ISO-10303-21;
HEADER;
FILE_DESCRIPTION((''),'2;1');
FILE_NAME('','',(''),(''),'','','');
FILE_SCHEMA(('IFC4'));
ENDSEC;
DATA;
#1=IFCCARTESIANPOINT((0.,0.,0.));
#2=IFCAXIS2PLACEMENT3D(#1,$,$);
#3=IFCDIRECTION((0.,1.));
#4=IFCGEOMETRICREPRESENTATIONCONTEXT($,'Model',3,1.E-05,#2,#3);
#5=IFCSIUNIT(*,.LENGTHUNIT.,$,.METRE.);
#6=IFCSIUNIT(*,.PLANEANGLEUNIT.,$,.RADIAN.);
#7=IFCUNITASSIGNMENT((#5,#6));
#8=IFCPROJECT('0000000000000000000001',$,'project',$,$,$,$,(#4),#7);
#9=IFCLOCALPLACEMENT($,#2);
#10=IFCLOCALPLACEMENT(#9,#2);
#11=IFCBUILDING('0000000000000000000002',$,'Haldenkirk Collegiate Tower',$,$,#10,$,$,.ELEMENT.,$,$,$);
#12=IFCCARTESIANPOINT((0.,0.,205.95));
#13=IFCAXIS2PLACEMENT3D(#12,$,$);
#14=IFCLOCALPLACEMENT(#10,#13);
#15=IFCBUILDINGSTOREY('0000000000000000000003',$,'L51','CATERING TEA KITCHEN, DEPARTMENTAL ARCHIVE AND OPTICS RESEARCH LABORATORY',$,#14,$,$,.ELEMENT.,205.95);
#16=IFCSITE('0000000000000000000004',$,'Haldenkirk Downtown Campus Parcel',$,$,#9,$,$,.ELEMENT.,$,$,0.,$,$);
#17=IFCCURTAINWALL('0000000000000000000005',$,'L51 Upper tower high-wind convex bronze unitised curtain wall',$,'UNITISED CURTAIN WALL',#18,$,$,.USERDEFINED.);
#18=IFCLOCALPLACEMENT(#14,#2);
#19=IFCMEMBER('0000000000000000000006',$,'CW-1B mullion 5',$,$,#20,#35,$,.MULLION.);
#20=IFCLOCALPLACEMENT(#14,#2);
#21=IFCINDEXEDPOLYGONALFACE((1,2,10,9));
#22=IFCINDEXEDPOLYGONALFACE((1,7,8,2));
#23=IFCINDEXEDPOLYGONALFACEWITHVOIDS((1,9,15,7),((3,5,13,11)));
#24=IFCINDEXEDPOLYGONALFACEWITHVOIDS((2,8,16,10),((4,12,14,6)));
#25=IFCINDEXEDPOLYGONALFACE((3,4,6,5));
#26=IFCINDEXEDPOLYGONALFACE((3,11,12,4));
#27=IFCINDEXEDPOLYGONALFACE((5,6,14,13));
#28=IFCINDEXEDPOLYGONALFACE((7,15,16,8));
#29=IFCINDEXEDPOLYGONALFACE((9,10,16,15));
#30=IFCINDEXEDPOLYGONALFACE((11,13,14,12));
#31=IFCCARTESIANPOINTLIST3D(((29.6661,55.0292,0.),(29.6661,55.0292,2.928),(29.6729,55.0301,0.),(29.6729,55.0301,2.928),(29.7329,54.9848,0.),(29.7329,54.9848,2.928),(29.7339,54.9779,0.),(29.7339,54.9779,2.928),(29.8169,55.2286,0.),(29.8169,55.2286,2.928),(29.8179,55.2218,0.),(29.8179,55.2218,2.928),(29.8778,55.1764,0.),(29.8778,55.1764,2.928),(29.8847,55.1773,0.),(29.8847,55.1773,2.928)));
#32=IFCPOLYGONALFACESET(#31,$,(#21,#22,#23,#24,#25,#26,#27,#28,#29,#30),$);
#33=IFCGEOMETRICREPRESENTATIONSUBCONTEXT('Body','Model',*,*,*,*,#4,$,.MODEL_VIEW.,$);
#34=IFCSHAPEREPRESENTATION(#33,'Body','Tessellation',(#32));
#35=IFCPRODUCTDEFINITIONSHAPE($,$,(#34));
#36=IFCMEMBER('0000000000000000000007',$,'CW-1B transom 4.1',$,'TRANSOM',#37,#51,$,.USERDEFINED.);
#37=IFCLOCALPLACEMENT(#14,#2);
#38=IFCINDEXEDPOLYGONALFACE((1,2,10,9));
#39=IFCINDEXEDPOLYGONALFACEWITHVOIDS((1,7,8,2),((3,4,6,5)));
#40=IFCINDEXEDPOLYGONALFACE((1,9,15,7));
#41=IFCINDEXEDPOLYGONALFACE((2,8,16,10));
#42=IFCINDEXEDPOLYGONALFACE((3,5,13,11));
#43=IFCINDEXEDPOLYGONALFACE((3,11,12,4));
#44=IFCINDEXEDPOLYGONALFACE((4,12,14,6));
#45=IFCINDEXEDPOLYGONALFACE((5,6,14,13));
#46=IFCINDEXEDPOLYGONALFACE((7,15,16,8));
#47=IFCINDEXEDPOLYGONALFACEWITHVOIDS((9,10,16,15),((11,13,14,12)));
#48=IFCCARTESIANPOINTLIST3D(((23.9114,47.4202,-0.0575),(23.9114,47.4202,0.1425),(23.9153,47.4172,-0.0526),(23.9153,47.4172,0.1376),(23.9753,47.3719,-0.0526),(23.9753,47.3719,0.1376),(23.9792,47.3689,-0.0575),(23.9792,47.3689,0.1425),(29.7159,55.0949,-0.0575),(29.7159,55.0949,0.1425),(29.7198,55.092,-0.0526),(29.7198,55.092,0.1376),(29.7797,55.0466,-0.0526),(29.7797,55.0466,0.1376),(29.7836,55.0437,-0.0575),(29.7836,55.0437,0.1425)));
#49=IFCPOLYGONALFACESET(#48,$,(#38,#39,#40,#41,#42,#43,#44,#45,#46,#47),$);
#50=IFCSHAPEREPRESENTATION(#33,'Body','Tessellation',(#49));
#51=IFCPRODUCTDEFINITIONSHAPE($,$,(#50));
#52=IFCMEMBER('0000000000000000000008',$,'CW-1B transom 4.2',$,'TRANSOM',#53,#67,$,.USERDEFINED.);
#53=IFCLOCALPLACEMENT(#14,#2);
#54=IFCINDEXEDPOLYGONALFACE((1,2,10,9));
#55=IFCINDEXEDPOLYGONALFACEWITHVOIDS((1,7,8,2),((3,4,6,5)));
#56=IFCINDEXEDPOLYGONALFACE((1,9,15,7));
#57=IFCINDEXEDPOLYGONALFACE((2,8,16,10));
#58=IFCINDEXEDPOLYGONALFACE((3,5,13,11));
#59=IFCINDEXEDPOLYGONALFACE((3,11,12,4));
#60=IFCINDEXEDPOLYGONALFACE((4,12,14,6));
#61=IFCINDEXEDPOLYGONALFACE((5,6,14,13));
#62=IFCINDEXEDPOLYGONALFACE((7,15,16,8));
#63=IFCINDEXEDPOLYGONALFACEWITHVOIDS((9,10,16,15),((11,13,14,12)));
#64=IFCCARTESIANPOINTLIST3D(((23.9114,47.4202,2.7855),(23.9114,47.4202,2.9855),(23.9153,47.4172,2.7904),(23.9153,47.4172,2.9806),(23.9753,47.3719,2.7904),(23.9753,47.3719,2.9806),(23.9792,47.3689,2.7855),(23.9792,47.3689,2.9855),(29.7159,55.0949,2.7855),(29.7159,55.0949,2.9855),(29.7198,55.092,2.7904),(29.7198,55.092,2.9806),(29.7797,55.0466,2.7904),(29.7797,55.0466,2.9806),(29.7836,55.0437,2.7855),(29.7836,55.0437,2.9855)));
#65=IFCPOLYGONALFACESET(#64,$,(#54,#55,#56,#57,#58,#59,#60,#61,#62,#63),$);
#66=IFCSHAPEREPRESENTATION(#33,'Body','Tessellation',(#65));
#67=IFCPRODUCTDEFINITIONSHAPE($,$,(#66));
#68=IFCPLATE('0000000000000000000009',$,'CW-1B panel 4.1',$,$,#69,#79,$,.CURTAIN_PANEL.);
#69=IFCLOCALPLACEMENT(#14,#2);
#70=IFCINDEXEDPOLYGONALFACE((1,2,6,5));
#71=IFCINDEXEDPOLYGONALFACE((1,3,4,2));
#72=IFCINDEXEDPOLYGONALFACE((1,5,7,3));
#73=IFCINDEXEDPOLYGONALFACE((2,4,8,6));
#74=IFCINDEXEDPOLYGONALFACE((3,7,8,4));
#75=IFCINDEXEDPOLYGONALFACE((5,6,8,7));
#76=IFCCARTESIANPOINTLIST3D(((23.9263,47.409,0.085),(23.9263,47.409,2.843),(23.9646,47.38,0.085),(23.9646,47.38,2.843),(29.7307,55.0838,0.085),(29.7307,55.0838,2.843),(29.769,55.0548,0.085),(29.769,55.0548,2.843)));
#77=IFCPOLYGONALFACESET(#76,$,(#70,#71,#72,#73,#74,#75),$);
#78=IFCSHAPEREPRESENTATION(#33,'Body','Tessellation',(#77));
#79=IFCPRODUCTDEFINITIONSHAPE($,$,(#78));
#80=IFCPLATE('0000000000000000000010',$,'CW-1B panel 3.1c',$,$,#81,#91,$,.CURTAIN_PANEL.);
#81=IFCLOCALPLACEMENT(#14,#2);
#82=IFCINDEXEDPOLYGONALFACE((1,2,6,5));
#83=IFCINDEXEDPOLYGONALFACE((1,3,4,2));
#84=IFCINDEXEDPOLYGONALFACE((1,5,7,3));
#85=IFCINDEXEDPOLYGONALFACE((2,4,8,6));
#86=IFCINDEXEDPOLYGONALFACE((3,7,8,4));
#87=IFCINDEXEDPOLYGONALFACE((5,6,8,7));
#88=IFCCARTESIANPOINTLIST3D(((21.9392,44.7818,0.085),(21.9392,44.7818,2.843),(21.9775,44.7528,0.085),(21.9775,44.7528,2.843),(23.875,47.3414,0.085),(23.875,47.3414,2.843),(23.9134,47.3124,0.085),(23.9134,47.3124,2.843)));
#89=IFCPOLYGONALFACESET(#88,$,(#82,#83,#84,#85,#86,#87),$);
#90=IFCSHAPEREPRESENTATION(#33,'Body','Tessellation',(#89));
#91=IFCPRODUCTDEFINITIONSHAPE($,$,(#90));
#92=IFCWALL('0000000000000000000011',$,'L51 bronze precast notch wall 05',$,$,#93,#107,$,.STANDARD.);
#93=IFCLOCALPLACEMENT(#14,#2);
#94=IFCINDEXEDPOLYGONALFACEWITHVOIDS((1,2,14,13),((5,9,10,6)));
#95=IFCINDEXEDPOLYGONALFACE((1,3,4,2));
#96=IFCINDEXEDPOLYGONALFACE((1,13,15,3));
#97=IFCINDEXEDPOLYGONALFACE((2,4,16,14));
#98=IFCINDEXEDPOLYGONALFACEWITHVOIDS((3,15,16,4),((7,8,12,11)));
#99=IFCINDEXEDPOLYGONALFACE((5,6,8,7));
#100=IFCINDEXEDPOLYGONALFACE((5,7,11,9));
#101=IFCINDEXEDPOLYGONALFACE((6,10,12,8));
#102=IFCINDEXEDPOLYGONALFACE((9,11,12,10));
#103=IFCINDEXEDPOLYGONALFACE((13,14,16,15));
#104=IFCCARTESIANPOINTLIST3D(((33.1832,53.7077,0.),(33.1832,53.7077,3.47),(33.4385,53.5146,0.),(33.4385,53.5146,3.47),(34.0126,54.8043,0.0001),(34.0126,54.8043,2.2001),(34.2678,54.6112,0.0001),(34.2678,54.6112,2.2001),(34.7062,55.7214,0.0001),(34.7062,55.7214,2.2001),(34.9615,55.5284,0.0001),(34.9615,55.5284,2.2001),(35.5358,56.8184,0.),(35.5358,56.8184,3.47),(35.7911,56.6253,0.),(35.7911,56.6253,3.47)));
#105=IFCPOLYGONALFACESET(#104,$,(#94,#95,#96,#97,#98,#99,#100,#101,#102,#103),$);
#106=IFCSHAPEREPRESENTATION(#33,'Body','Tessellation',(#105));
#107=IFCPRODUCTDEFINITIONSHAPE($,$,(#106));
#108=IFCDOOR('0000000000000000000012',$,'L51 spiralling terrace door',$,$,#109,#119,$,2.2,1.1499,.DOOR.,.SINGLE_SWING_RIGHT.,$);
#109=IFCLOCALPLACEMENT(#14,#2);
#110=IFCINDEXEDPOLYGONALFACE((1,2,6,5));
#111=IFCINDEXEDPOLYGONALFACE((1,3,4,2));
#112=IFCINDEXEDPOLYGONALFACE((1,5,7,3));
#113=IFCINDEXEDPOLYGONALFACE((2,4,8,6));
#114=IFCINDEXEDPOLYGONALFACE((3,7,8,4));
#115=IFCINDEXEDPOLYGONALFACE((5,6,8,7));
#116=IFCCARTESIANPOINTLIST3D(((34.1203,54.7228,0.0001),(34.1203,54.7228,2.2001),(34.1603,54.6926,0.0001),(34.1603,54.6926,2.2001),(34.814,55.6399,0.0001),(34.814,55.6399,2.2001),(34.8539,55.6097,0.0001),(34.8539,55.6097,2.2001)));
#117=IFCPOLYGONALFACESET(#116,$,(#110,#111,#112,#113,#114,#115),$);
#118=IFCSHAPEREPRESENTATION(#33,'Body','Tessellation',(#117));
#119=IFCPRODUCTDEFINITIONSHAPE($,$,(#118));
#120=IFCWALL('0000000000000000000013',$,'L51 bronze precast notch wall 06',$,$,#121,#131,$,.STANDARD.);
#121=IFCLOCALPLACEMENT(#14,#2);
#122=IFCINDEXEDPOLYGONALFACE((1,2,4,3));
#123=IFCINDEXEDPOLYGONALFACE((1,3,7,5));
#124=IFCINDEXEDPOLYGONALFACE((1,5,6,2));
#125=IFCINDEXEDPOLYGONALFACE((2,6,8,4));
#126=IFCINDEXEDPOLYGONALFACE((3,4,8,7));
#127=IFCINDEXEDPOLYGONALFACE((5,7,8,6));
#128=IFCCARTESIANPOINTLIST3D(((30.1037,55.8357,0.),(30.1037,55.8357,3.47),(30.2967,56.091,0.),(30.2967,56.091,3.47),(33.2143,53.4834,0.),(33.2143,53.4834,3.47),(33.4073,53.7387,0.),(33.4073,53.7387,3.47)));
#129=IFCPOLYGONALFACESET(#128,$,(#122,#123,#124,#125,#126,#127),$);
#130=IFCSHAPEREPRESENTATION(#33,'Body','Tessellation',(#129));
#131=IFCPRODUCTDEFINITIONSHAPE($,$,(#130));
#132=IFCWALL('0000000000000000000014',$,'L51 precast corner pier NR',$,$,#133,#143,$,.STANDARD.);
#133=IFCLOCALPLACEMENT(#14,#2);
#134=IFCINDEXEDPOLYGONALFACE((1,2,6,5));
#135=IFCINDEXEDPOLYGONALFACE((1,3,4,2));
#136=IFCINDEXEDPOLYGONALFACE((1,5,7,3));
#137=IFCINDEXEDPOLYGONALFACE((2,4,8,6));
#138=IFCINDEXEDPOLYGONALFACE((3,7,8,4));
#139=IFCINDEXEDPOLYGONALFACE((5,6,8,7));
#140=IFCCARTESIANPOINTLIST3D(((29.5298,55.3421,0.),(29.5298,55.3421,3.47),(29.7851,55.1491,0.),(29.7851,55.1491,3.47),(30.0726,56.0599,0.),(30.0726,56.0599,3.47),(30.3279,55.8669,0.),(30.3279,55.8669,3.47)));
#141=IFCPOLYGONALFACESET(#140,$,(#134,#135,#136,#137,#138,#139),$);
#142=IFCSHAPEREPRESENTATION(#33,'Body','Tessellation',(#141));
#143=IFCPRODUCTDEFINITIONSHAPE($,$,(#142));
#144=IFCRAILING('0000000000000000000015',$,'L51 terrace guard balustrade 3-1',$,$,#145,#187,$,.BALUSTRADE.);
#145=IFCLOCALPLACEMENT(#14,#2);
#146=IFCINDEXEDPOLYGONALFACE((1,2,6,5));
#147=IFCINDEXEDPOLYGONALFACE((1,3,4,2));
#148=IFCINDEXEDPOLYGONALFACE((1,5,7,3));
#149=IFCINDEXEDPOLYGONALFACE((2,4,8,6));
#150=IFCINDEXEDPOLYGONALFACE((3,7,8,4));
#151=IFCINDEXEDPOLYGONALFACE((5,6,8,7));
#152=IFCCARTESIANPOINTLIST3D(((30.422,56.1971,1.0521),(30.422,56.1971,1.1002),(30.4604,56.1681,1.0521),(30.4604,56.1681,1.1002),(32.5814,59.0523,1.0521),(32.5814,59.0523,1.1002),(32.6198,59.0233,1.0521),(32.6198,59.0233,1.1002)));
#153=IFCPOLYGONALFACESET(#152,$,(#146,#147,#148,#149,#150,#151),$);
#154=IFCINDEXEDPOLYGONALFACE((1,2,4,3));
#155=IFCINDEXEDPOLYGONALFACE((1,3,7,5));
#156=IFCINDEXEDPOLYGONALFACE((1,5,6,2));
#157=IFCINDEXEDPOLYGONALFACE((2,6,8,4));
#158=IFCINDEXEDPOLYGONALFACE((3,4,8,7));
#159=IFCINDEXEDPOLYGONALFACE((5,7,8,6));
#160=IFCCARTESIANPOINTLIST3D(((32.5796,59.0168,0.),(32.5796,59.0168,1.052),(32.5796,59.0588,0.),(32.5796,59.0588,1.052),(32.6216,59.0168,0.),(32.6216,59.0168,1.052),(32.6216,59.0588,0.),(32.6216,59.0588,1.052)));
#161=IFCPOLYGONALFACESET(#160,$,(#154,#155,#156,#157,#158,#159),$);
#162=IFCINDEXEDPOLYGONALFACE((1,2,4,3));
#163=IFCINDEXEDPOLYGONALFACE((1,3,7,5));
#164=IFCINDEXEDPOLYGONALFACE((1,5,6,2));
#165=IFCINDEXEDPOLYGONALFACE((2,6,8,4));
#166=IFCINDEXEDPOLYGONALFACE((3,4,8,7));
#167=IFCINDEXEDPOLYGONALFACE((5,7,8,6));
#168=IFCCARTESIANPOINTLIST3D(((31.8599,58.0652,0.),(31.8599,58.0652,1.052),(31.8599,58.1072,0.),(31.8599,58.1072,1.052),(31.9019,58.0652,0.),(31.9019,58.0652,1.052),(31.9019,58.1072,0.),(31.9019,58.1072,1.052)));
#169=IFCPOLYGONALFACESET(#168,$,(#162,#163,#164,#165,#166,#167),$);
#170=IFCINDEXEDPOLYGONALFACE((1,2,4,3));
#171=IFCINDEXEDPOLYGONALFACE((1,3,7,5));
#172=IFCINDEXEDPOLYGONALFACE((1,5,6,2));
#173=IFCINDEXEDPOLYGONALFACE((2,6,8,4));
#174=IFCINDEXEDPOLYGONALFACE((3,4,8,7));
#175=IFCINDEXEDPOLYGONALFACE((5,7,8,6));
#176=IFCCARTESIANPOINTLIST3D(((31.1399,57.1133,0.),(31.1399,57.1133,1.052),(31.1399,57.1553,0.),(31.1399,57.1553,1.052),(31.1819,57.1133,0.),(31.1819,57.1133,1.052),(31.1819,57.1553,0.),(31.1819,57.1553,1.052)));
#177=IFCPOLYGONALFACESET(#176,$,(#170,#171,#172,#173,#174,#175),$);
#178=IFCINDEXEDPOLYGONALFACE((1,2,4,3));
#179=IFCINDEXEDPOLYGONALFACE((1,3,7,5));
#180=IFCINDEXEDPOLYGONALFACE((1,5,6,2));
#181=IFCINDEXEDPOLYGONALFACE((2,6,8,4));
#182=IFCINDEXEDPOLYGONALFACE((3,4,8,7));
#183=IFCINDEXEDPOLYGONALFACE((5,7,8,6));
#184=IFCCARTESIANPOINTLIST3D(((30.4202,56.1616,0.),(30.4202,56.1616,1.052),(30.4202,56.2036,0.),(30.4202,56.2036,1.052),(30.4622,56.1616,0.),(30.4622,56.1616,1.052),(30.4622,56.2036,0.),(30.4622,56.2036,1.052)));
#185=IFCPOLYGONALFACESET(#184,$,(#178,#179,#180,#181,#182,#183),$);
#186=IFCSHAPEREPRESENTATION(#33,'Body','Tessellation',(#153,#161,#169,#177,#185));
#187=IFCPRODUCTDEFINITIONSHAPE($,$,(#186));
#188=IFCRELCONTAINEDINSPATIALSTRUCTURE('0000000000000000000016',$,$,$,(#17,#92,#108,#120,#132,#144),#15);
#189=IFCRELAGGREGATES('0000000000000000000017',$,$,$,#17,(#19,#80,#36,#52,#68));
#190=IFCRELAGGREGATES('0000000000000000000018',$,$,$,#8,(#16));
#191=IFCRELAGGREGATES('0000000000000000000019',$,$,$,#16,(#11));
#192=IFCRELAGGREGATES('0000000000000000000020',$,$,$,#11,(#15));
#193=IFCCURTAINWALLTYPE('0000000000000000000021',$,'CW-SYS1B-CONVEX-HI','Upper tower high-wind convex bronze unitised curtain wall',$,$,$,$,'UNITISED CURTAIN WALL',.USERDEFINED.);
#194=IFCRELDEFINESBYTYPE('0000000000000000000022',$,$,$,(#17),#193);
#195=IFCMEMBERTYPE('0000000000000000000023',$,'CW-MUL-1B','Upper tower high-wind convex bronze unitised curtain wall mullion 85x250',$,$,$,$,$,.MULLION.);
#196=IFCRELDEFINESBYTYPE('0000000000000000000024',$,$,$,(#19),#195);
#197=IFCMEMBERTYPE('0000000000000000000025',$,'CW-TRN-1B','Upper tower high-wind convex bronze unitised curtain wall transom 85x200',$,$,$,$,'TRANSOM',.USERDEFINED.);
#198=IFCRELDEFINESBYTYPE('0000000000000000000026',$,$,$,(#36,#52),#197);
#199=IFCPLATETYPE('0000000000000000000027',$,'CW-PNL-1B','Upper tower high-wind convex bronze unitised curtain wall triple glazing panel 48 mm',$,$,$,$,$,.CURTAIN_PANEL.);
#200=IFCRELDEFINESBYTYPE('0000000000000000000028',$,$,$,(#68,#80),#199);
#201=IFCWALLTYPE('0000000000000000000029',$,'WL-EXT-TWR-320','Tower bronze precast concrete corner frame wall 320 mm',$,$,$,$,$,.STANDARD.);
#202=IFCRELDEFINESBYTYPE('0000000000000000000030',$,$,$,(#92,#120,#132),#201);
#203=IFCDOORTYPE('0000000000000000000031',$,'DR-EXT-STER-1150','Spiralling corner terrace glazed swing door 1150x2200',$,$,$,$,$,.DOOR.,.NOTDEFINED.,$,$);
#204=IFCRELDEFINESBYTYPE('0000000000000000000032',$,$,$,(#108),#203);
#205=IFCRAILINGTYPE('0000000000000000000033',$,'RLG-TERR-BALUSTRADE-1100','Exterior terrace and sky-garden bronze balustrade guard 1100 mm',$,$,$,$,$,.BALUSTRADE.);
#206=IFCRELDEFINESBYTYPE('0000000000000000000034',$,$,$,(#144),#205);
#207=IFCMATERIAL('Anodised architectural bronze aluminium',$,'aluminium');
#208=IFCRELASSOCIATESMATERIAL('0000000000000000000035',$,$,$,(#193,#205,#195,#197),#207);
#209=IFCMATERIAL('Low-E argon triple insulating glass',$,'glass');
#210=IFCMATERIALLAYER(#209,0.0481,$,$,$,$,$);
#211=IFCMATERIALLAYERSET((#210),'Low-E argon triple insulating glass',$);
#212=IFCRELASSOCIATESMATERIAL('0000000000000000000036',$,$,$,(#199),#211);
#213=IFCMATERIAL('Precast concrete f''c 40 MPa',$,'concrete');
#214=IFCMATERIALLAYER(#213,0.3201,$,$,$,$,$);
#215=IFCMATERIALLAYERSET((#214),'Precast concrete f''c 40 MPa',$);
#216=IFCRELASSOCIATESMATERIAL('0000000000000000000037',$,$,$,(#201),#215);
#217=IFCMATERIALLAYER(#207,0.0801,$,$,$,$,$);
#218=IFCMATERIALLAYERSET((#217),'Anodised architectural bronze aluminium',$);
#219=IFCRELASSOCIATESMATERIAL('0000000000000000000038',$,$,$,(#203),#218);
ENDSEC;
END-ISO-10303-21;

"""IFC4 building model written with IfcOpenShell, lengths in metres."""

from ifc_helpers import new_model, si_unit, direction, frame, frame_2d, origin, origin_2d, place, context, subcontext, project, spatial, rectangle, hollow_rectangle, extrude, source, transform, mapped, material, layer, layer_set, material_profile, profile_set, type_object, element, fill, aggregate, save


model = new_model("IFC4")

# Units and contexts
model_context = context("Model", 3, precision=1e-05, world=origin(), true_north=direction((0.0, 1.0)))
body_context = subcontext(model_context, "Body", "Model", "MODEL_VIEW")
ifc_project = project(units=[si_unit("LENGTHUNIT", "METRE"), si_unit("PLANEANGLEUNIT", "RADIAN")], contexts=[model_context])

# Site, building, storey
site_placement = place(None, origin())
site = spatial("IfcSite", under=ifc_project, at=site_placement, Name="Haldenkirk Downtown Campus Parcel", CompositionType="ELEMENT", RefElevation=0.0)
building_placement = place(site_placement, origin())
building = spatial("IfcBuilding", under=site, at=building_placement, Name="Haldenkirk Collegiate Tower", CompositionType="ELEMENT")
storey_placement = place(building_placement, frame((0.0, 0.0, 205.95)))
storey = spatial("IfcBuildingStorey", under=building, at=storey_placement, Name="L51", Description="CATERING TEA KITCHEN, DEPARTMENTAL ARCHIVE AND OPTICS RESEARCH LABORATORY", CompositionType="ELEMENT", Elevation=205.95)

# Curtain wall, members, plates
ifc_material_1 = material(Name="Anodised architectural bronze aluminium", Category="aluminium")
curtain_wall_type = type_object("IfcCurtainWallType", Name="CW-SYS1B-CONVEX-HI", Description="Upper tower high-wind convex bronze unitised curtain wall", ElementType="UNITISED CURTAIN WALL", PredefinedType="USERDEFINED", material=ifc_material_1)
curtain_wall_placement = place(storey_placement, origin())
curtain_wall = element("IfcCurtainWall", 1, at=curtain_wall_placement, inside=storey, type_object=curtain_wall_type, Name="L51 Upper tower high-wind convex bronze unitised curtain wall", ObjectType="UNITISED CURTAIN WALL", PredefinedType="USERDEFINED")
ifc_material_profile_1 = material_profile(ifc_material_1, hollow_rectangle(XDim=0.085, YDim=0.25, WallThickness=0.0049, at=origin_2d()), Name="CW-MUL-1B")
ifc_profile_set_1 = profile_set([ifc_material_profile_1], Name="Anodised architectural bronze aluminium")
member_type_1 = type_object("IfcMemberType", Name="CW-MUL-1B", Description="Upper tower high-wind convex bronze unitised curtain wall mullion 85x250", PredefinedType="MULLION", material=ifc_profile_set_1)
member_1_placement = place(storey_placement, frame((29.7754, 55.1033, 0.0), z_axis=(0.0, 0.0, 1.0), x_axis=(-0.797584, 0.603207, 0.0)))
member_1 = element("IfcMember", 2, at=member_1_placement, type_object=member_type_1, Name="CW-1B mullion 5", PredefinedType="MULLION", context=body_context, shape_type="SweptSolid", body=[
    extrude(hollow_rectangle(XDim=0.085, YDim=0.25, WallThickness=0.0049, at=origin_2d()), origin(), (0.0, 0.0, 1.0), 2.928),
])
ifc_material_profile_2 = material_profile(ifc_material_1, hollow_rectangle(XDim=0.085, YDim=0.2, WallThickness=0.0049, at=origin_2d()), Name="CW-TRN-1B")
ifc_profile_set_2 = profile_set([ifc_material_profile_2], Name="Anodised architectural bronze aluminium")
member_type_2 = type_object("IfcMemberType", Name="CW-TRN-1B", Description="Upper tower high-wind convex bronze unitised curtain wall transom 85x200", ElementType="TRANSOM", PredefinedType="USERDEFINED", material=ifc_profile_set_2)
member_2_placement = place(storey_placement, frame((23.9453, 47.3945, 0.0425), z_axis=(0.60321, 0.797582, 0.0), x_axis=(-0.797582, 0.60321, 0.0)))
member_2 = element("IfcMember", 3, at=member_2_placement, type_object=member_type_2, Name="CW-1B transom 4.1", ObjectType="TRANSOM", PredefinedType="USERDEFINED", context=body_context, shape_type="SweptSolid", body=[
    extrude(hollow_rectangle(XDim=0.085, YDim=0.2, WallThickness=0.0049, at=origin_2d()), origin(), (0.0, 0.0, 1.0), 9.6226),
])
member_3_placement = place(storey_placement, frame((23.9453, 47.3945, 2.8855), z_axis=(0.60321, 0.797582, 0.0), x_axis=(-0.797582, 0.60321, 0.0)))
member_3 = element("IfcMember", 4, at=member_3_placement, type_object=member_type_2, Name="CW-1B transom 4.2", ObjectType="TRANSOM", PredefinedType="USERDEFINED", context=body_context, shape_type="SweptSolid", body=[
    extrude(hollow_rectangle(XDim=0.085, YDim=0.2, WallThickness=0.0049, at=origin_2d()), origin(), (0.0, 0.0, 1.0), 9.6226),
])
ifc_material_2 = material(Name="Low-E argon triple insulating glass", Category="glass")
ifc_layer_1 = layer(ifc_material_2, 0.0481)
ifc_layer_set_1 = layer_set([ifc_layer_1], Name="Low-E argon triple insulating glass")
plate_type = type_object("IfcPlateType", Name="CW-PNL-1B", Description="Upper tower high-wind convex bronze unitised curtain wall triple glazing panel 48 mm", PredefinedType="CURTAIN_PANEL", material=ifc_layer_set_1)
shared_shape_1 = source(origin(), body_context, "Body", "SweptSolid", [
    extrude(rectangle(XDim=9.6226, YDim=0.0481, at=origin_2d()), origin(), (0.0, 0.0, 1.0), 2.7581),
])
plate_1_placement = place(storey_placement, frame((26.8477, 51.2319, 0.085), z_axis=(0.0, 0.0, 1.0), x_axis=(0.603207, 0.797584, 0.0)))
plate_1 = element("IfcPlate", 5, at=plate_1_placement, type_object=plate_type, Name="CW-1B panel 4.1", PredefinedType="CURTAIN_PANEL", context=body_context, shape_type="MappedRepresentation", body=[
    mapped(shared_shape_1, transform((0.0, 0.0, 0.0), x_axis=(1.0, 0.0, 0.0), y_axis=(0.0, 1.0, 0.0), z_axis=(0.0, 0.0, 1.0), scale=1.0)),
])
shared_shape_2 = source(origin(), body_context, "Body", "SweptSolid", [
    extrude(rectangle(XDim=3.2092, YDim=0.0481, at=origin_2d()), origin(), (0.0, 0.0, 1.0), 2.7581),
])
plate_2_placement = place(storey_placement, frame((22.9263, 46.0471, 0.085), z_axis=(0.0, 0.0, 1.0), x_axis=(0.603207, 0.797584, 0.0)))
plate_2 = element("IfcPlate", 6, at=plate_2_placement, type_object=plate_type, Name="CW-1B panel 3.1c", PredefinedType="CURTAIN_PANEL", context=body_context, shape_type="MappedRepresentation", body=[
    mapped(shared_shape_2, transform((0.0, 0.0, 0.0), x_axis=(1.0, 0.0, 0.0), y_axis=(0.0, 1.0, 0.0), z_axis=(0.0, 0.0, 1.0), scale=1.0)),
])
aggregate(curtain_wall, [member_1, plate_2, member_2, member_3, plate_1])

# Wall, opening, door
ifc_material_3 = material(Name="Precast concrete f'c 40 MPa", Category="concrete")
ifc_layer_2 = layer(ifc_material_3, 0.3201)
ifc_layer_set_2 = layer_set([ifc_layer_2], Name="Precast concrete f'c 40 MPa")
wall_type = type_object("IfcWallType", Name="WL-EXT-TWR-320", Description="Tower bronze precast concrete corner frame wall 320 mm", PredefinedType="STANDARD", material=ifc_layer_set_2)
wall_1_placement = place(storey_placement, frame((33.3108, 53.6111, 0.0), z_axis=(0.0, 0.0, 1.0), x_axis=(0.60321, 0.797582, 0.0)))
wall_1 = element("IfcWall", 7, at=wall_1_placement, inside=storey, type_object=wall_type, Name="L51 bronze precast notch wall 05", PredefinedType="STANDARD", context=body_context, shape_type="SweptSolid", body=[
    extrude(rectangle(XDim=3.9001, YDim=0.3201, at=frame_2d((1.9502, 0.0))), origin(), (0.0, 0.0, 1.0), 3.47),
])
opening_placement = place(wall_1_placement, frame((1.375, 0.0, 0.0)))
opening = element("IfcOpeningElement", 8, at=opening_placement, cuts=wall_1, PredefinedType="OPENING", context=body_context, shape_type="SweptSolid", body=[
    extrude(rectangle(XDim=1.1499, YDim=2.2, at=frame_2d((0.575, 1.1001))), frame((0.0, 0.1699, 0.0), z_axis=(0.0, -1.0, 0.0), x_axis=(1.0, 0.0, 0.0)), (0.0, 0.0, 1.0), 0.3401),
])
ifc_layer_3 = layer(ifc_material_1, 0.0801)
ifc_layer_set_3 = layer_set([ifc_layer_3], Name="Anodised architectural bronze aluminium")
door_type = type_object("IfcDoorType", Name="DR-EXT-STER-1150", Description="Spiralling corner terrace glazed swing door 1150x2200", OperationType="NOTDEFINED", PredefinedType="DOOR", material=ifc_layer_set_3)
door_placement = place(opening_placement, origin())
door = element("IfcDoor", 9, at=door_placement, inside=storey, type_object=door_type, Name="L51 spiralling terrace door", OperationType="SINGLE_SWING_RIGHT", OverallHeight=2.2, OverallWidth=1.1499, PredefinedType="DOOR", context=body_context, shape_type="SweptSolid", body=[
    extrude(rectangle(XDim=1.1499, YDim=2.2, at=frame_2d((0.575, 1.1001))), frame((0.0, 0.0249, 0.0), z_axis=(0.0, -1.0, 0.0), x_axis=(1.0, 0.0, 0.0)), (0.0, 0.0, 1.0), 0.05),
])
fill(opening, door)

# Walls
wall_2_placement = place(storey_placement, frame((30.2002, 55.9634, 0.0), z_axis=(0.0, 0.0, 1.0), x_axis=(0.797612, -0.60317, 0.0)))
element("IfcWall", 10, at=wall_2_placement, inside=storey, type_object=wall_type, Name="L51 bronze precast notch wall 06", PredefinedType="STANDARD", context=body_context, shape_type="SweptSolid", body=[
    extrude(rectangle(XDim=3.8999, YDim=0.3201, at=frame_2d((1.95, 0.0))), origin(), (0.0, 0.0, 1.0), 3.47),
])
wall_3_placement = place(storey_placement, frame((29.6575, 55.2456, 0.0), z_axis=(0.0, 0.0, 1.0), x_axis=(0.603121, 0.79765, 0.0)))
element("IfcWall", 11, at=wall_3_placement, inside=storey, type_object=wall_type, Name="L51 precast corner pier NR", PredefinedType="STANDARD", context=body_context, shape_type="SweptSolid", body=[
    extrude(rectangle(XDim=0.8999, YDim=0.3201, at=frame_2d((0.45, 0.0))), origin(), (0.0, 0.0, 1.0), 3.47),
])

# Railing
railing_type = type_object("IfcRailingType", Name="RLG-TERR-BALUSTRADE-1100", Description="Exterior terrace and sky-garden bronze balustrade guard 1100 mm", PredefinedType="BALUSTRADE", material=ifc_material_1)
railing_placement = place(storey_placement, frame((32.6006, 59.0378, 0.0)))
element("IfcRailing", 12, at=railing_placement, inside=storey, type_object=railing_type, Name="L51 terrace guard balustrade 3-1", PredefinedType="BALUSTRADE", context=body_context, shape_type="SweptSolid", body=[
    extrude(rectangle(XDim=0.0481, YDim=0.0481, at=origin_2d()), frame((0.0, 0.0, 1.0762), z_axis=(-0.603214, -0.797579, 0.0), x_axis=(0.797579, -0.603214, 0.0)), (0.0, 0.0, 1.0), 3.5798),
    extrude(rectangle(XDim=0.042, YDim=0.042, at=origin_2d()), origin(), (0.0, 0.0, 1.0), 1.052),
    extrude(rectangle(XDim=0.042, YDim=0.042, at=origin_2d()), frame((-0.7197, -0.9517, 0.0)), (0.0, 0.0, 1.0), 1.052),
    extrude(rectangle(XDim=0.042, YDim=0.042, at=origin_2d()), frame((-1.4397, -1.9036, 0.0)), (0.0, 0.0, 1.0), 1.052),
    extrude(rectangle(XDim=0.042, YDim=0.042, at=origin_2d()), frame((-2.1594, -2.8552, 0.0)), (0.0, 0.0, 1.0), 1.052),
])

save(model, "model.ifc")
